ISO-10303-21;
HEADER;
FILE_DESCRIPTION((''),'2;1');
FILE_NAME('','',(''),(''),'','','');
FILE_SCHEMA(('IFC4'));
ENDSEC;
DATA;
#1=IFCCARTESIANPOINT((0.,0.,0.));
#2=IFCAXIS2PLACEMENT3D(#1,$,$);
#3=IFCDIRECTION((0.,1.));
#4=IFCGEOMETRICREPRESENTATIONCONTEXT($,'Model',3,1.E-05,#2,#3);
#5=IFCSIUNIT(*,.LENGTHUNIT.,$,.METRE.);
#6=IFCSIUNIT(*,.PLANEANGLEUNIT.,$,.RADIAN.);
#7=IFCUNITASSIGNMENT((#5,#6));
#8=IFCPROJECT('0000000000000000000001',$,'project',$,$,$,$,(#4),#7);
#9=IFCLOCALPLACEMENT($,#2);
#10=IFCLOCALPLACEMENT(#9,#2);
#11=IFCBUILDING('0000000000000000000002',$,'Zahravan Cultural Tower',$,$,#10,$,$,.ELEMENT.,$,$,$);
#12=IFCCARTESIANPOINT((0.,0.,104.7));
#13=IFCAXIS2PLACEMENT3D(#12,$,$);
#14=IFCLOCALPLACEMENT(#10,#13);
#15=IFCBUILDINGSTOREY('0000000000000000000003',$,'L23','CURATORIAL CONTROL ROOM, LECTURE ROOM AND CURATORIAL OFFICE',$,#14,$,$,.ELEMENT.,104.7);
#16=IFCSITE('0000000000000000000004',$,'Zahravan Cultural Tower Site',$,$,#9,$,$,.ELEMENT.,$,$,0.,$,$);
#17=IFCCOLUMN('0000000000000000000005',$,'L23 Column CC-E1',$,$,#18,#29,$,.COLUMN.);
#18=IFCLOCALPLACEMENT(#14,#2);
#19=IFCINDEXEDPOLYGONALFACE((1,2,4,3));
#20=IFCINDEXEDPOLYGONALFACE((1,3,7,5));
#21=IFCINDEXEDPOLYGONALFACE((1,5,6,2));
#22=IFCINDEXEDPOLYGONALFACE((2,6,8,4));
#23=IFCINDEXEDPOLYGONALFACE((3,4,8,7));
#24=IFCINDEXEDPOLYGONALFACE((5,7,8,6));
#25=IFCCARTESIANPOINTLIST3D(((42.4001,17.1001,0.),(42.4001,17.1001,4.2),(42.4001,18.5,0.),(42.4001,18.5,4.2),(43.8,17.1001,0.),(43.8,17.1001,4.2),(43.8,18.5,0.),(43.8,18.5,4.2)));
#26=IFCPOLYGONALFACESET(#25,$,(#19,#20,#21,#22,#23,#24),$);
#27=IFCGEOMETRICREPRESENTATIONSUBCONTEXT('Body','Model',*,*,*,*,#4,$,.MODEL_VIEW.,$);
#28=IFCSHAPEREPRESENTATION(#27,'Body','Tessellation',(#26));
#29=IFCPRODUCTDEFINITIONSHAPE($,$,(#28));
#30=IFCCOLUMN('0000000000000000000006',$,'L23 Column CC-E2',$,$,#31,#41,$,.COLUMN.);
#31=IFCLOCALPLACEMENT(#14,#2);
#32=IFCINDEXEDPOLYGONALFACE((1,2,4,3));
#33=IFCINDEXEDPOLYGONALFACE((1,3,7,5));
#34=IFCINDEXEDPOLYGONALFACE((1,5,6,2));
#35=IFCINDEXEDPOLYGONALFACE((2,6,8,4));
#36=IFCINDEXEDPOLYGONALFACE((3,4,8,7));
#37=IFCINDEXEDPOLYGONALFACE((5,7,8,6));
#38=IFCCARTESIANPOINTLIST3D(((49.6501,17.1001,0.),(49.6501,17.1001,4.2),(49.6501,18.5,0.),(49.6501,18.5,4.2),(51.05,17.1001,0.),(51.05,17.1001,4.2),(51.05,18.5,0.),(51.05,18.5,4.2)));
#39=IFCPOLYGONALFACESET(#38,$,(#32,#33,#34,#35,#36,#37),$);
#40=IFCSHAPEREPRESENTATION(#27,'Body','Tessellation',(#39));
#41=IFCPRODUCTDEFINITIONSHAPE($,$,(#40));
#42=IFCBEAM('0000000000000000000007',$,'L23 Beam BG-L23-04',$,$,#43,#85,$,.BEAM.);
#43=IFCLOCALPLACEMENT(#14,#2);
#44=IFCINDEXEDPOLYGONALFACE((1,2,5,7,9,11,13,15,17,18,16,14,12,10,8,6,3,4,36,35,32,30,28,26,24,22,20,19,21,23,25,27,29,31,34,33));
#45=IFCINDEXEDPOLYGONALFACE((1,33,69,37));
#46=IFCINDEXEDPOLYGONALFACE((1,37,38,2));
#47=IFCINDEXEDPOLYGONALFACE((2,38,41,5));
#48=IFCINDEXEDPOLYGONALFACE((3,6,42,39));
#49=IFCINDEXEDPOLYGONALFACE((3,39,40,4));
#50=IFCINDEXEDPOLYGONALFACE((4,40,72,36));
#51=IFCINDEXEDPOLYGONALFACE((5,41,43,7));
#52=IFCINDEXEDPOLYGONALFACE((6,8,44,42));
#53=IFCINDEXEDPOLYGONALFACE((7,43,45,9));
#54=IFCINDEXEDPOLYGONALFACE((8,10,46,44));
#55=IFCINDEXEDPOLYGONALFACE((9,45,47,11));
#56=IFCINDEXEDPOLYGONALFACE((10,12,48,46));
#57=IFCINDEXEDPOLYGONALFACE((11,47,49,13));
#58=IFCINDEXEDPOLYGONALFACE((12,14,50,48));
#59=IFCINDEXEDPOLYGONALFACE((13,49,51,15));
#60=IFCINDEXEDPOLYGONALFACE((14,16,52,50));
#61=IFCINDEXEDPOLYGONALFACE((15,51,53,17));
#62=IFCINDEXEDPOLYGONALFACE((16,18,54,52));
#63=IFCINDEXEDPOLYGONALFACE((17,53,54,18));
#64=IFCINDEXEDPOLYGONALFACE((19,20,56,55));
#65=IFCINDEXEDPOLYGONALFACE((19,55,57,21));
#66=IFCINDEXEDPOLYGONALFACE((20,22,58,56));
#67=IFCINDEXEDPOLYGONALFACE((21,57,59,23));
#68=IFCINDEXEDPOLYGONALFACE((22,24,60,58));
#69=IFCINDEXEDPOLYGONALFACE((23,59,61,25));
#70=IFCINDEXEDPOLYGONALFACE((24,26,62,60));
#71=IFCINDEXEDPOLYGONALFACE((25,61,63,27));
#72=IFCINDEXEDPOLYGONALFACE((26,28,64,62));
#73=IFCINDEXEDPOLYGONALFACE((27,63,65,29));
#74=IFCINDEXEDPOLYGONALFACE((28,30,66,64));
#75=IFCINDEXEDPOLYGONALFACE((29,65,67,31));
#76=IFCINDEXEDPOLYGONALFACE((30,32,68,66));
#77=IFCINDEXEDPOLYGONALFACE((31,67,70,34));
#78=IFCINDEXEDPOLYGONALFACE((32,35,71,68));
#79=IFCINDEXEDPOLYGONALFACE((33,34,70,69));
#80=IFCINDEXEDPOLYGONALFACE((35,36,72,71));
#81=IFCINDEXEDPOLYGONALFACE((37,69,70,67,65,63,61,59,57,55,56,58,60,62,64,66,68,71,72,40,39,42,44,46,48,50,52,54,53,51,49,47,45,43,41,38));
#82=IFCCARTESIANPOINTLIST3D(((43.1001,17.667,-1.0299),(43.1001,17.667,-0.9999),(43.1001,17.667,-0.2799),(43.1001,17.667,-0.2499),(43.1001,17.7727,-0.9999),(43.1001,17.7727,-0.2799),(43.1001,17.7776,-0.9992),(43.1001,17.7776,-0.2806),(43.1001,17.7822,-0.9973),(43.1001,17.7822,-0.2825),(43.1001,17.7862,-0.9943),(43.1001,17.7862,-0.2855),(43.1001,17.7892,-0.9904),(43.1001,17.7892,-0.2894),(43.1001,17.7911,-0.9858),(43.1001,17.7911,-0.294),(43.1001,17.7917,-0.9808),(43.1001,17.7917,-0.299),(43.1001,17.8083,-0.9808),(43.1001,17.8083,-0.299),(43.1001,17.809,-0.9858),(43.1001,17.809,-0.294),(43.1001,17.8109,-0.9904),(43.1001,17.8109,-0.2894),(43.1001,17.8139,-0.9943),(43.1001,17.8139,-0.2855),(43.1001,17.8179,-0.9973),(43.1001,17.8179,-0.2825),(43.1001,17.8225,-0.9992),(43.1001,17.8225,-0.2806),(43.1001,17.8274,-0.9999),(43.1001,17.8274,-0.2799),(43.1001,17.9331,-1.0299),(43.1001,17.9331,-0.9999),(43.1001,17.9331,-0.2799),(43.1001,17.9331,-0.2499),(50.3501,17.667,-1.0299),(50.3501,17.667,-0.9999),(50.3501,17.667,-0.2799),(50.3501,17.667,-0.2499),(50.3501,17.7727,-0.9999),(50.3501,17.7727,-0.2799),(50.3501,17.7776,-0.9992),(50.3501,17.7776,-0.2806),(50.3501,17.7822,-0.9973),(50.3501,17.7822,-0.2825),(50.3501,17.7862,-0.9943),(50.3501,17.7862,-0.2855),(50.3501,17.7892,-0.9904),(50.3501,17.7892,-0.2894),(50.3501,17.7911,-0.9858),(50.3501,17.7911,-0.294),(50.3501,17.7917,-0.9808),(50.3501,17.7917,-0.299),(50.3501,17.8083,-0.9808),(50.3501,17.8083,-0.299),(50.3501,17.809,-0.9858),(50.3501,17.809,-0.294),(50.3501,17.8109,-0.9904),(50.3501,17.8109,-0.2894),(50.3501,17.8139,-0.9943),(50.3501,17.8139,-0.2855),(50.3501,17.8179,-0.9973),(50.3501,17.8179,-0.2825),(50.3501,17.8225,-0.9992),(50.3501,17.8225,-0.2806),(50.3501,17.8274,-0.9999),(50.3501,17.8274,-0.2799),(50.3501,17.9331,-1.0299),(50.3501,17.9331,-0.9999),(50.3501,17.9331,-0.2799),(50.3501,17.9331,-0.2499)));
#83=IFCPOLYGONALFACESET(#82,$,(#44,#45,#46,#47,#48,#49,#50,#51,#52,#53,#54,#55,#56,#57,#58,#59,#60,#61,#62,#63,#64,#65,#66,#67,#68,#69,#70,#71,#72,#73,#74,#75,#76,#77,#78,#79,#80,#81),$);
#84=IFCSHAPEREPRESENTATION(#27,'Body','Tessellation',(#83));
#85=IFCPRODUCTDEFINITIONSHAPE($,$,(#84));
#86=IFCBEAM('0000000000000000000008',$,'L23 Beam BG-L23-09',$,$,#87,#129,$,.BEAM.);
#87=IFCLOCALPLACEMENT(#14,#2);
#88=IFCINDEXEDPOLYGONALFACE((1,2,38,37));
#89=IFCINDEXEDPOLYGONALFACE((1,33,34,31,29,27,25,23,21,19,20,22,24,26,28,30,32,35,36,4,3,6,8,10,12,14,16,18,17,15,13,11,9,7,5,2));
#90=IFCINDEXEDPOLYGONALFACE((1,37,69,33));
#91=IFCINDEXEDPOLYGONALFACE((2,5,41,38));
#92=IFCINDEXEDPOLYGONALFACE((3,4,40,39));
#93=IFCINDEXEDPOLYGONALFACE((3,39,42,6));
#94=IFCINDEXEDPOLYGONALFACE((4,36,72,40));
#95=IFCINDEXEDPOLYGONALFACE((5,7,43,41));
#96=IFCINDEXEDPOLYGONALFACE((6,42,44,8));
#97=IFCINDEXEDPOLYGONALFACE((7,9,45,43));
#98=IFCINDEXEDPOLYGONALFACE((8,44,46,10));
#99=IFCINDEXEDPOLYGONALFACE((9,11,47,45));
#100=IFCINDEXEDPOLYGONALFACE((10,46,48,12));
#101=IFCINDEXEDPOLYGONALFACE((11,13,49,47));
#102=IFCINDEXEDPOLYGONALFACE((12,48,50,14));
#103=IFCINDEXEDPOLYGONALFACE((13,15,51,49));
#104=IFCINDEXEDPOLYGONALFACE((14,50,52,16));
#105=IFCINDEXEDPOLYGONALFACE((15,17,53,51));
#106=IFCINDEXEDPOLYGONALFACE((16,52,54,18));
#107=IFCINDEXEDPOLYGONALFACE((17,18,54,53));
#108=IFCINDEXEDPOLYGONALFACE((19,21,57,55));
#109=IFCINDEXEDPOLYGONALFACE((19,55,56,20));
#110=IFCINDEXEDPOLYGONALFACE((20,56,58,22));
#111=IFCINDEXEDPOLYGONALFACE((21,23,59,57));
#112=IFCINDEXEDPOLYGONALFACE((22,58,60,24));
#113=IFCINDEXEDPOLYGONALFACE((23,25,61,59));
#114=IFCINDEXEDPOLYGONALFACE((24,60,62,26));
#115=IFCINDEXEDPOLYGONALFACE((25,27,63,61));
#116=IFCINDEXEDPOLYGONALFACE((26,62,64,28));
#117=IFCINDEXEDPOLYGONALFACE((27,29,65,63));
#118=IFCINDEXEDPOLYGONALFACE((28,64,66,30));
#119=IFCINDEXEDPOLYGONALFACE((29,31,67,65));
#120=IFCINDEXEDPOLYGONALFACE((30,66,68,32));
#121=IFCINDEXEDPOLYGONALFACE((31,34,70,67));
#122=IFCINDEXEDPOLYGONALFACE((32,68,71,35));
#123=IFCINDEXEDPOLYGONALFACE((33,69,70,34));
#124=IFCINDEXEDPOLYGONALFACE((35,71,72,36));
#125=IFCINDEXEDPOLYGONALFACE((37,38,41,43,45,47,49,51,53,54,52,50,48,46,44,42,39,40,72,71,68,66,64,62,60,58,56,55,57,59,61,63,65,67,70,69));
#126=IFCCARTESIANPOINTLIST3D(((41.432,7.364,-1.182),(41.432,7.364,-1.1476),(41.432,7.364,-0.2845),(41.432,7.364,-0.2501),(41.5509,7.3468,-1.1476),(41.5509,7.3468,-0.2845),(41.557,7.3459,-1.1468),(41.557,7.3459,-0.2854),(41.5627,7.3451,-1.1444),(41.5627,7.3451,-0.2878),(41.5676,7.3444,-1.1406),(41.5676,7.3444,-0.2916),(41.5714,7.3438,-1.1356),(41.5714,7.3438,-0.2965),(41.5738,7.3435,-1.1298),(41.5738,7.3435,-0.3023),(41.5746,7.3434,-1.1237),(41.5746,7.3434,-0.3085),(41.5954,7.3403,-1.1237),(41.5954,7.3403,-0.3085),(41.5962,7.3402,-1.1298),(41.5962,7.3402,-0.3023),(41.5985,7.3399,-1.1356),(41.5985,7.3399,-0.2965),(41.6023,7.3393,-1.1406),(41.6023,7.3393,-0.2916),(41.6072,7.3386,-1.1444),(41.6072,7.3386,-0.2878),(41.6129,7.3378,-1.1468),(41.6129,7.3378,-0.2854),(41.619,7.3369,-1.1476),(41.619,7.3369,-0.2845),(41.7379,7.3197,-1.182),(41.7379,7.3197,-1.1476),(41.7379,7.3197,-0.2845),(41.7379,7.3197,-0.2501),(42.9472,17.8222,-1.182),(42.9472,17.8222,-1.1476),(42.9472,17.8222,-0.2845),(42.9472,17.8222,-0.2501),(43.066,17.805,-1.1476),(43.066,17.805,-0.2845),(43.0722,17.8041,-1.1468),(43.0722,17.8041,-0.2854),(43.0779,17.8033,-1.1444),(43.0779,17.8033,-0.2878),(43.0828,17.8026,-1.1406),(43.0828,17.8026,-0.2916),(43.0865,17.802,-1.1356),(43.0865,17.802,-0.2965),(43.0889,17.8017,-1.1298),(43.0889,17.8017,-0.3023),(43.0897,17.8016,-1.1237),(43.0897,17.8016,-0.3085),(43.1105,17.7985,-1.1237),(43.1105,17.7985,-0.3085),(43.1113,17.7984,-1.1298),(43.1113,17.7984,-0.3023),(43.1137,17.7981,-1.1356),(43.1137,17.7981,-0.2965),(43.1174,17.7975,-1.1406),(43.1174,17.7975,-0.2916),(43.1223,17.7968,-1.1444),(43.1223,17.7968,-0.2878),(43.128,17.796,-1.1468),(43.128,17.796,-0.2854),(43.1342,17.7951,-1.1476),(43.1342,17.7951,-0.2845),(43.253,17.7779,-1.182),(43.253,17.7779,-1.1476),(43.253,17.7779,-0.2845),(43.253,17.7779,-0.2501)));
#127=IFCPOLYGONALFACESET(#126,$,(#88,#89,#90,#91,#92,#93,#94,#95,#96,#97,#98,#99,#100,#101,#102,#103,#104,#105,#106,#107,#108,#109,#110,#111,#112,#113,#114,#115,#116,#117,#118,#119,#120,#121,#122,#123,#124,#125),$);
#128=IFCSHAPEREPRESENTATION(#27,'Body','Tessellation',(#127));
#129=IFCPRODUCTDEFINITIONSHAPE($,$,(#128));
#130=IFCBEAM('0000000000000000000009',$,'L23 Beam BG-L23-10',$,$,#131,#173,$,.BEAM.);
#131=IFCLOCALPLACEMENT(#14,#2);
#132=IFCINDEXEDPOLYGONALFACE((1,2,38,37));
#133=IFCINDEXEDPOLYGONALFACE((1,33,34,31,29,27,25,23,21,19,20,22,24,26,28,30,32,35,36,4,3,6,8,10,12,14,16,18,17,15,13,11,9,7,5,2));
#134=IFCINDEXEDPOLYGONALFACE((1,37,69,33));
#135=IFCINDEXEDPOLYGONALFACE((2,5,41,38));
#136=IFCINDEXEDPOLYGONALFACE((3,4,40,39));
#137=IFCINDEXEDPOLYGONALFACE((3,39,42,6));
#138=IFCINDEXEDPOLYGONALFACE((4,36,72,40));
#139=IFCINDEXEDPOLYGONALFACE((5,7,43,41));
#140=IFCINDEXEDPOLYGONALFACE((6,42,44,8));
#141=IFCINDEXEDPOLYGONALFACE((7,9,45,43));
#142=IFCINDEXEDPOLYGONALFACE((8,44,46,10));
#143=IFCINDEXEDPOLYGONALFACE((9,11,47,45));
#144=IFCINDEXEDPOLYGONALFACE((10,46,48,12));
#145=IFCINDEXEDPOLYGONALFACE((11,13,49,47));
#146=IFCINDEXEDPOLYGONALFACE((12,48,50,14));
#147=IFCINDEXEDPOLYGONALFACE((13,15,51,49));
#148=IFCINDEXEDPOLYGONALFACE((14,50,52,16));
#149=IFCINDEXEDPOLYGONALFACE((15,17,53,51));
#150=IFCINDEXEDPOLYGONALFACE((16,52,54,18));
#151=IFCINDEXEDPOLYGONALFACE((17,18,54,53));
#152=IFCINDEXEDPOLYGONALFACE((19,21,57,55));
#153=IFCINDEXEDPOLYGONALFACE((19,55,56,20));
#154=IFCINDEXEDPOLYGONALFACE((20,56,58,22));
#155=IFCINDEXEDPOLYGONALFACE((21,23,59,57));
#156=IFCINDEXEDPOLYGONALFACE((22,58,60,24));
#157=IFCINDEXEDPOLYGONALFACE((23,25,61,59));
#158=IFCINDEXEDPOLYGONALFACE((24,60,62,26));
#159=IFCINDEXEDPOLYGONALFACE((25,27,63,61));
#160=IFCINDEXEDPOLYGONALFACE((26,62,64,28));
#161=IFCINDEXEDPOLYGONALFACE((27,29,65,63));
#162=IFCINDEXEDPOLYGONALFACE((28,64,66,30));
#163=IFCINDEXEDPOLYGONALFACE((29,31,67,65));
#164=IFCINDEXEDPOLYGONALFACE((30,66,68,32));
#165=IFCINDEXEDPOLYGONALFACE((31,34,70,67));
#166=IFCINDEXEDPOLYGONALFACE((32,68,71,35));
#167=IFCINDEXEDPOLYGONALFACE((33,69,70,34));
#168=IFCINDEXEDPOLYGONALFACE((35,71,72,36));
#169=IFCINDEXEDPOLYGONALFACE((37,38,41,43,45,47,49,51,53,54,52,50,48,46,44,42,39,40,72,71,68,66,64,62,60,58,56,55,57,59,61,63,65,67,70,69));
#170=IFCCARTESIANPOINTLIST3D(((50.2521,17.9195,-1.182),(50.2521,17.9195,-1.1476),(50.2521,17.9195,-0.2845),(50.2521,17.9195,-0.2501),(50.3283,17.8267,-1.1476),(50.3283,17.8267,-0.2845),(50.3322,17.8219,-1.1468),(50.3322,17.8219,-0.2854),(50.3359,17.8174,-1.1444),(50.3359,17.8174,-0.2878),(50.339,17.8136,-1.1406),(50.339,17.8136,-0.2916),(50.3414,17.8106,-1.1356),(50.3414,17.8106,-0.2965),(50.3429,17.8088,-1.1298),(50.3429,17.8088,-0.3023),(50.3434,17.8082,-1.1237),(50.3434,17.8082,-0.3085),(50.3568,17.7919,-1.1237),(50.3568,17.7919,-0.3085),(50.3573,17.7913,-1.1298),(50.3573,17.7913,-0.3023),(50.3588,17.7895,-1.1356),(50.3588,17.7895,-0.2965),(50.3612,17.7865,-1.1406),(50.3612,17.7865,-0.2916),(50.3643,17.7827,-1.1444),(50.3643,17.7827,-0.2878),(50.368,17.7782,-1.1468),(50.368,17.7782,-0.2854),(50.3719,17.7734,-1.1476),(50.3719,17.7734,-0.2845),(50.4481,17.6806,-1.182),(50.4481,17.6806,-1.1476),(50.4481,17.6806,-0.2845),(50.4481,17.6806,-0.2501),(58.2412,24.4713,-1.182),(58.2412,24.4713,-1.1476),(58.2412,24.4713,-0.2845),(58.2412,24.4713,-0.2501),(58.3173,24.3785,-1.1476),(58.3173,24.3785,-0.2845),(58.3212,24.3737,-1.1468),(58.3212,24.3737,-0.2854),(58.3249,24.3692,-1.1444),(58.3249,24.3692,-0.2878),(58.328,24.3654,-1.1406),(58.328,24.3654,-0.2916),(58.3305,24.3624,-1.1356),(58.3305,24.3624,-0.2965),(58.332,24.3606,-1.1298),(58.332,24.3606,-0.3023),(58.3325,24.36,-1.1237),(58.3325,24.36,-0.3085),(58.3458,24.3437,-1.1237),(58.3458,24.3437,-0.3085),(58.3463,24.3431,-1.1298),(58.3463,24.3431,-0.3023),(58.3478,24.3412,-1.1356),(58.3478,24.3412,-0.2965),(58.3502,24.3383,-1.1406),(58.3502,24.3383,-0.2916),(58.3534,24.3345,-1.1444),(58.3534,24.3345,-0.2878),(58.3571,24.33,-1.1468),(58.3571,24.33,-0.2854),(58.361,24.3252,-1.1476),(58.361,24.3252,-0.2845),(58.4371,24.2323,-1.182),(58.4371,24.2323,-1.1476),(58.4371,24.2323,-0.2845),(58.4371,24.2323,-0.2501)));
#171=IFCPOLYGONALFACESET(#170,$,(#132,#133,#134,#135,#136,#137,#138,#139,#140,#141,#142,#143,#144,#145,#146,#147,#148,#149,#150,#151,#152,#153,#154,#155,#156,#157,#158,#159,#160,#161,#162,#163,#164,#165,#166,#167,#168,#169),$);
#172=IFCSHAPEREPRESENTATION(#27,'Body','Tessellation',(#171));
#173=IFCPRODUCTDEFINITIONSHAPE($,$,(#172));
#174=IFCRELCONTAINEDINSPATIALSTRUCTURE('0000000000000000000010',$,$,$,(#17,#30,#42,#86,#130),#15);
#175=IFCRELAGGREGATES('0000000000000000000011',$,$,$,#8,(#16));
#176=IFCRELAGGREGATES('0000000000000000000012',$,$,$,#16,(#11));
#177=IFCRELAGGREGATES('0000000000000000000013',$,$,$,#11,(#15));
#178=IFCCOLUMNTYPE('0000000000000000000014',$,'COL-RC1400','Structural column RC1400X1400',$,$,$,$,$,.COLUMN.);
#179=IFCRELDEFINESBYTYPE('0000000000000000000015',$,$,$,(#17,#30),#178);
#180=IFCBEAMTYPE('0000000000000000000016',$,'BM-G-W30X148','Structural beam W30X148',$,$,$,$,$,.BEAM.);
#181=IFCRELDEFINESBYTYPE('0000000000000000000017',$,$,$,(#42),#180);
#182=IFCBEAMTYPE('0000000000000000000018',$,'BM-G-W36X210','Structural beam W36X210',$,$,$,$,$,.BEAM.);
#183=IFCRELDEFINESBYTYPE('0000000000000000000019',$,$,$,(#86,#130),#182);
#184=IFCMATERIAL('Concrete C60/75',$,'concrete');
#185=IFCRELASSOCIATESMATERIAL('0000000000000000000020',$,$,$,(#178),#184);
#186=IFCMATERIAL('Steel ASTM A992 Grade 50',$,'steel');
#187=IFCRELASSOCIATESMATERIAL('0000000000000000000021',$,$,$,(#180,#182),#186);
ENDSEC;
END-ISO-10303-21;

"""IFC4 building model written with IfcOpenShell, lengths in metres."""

from ifc_helpers import new_model, si_unit, direction, frame, origin, origin_2d, place, context, subcontext, project, spatial, rectangle, i_section, extrude, source, transform, mapped, material, material_profile, profile_set, type_object, element, save


model = new_model("IFC4")

# Units and contexts
model_context = context("Model", 3, precision=1e-05, world=origin(), true_north=direction((0.0, 1.0)))
body_context = subcontext(model_context, "Body", "Model", "MODEL_VIEW")
ifc_project = project(units=[si_unit("LENGTHUNIT", "METRE"), si_unit("PLANEANGLEUNIT", "RADIAN")], contexts=[model_context])

# Site, building, storey
site_placement = place(None, origin())
site = spatial("IfcSite", under=ifc_project, at=site_placement, Name="Zahravan Cultural Tower Site", CompositionType="ELEMENT", RefElevation=0.0)
building_placement = place(site_placement, origin())
building = spatial("IfcBuilding", under=site, at=building_placement, Name="Zahravan Cultural Tower", CompositionType="ELEMENT")
storey_placement = place(building_placement, frame((0.0, 0.0, 104.7)))
storey = spatial("IfcBuildingStorey", under=building, at=storey_placement, Name="L23", Description="CURATORIAL CONTROL ROOM, LECTURE ROOM AND CURATORIAL OFFICE", CompositionType="ELEMENT", Elevation=104.7)

# Columns
ifc_material_1 = material(Name="Concrete C60/75", Category="concrete")
ifc_material_profile_1 = material_profile(ifc_material_1, rectangle(XDim=1.3999, YDim=1.3999, at=origin_2d()), Name="RC1400X1400")
ifc_profile_set_1 = profile_set([ifc_material_profile_1], Name="Concrete C60/75")
column_type = type_object("IfcColumnType", Name="COL-RC1400", Description="Structural column RC1400X1400", PredefinedType="COLUMN", material=ifc_profile_set_1)
shared_shape_1 = source(origin(), body_context, "Body", "SweptSolid", [
    extrude(rectangle(XDim=1.3999, YDim=1.3999, at=origin_2d()), origin(), (0.0, 0.0, 1.0), 4.2),
])
for number, where, z_axis, x_axis, name in (
    (1, (43.1001, 17.8, 0.0), (0.0, 0.0, 1.0), (1.0, 0.0, 0.0), "L23 Column CC-E1"),
    (2, (50.3501, 17.8, 0.0), (0.0, 0.0, 1.0), (1.0, 0.0, 0.0), "L23 Column CC-E2"),
):
    element("IfcColumn", number, at=place(storey_placement, frame(where, z_axis=z_axis, x_axis=x_axis)), inside=storey, type_object=column_type, Name=name, PredefinedType="COLUMN", context=body_context, shape_type="MappedRepresentation", body=[
        mapped(shared_shape_1, transform((0.0, 0.0, 0.0), x_axis=(1.0, 0.0, 0.0), y_axis=(0.0, 1.0, 0.0), z_axis=(0.0, 0.0, 1.0), scale=1.0)),
    ])

# Beams
ifc_material_2 = material(Name="Steel ASTM A992 Grade 50", Category="steel")
ifc_material_profile_2 = material_profile(ifc_material_2, i_section(OverallWidth=0.2661, OverallDepth=0.78, WebThickness=0.0166, FlangeThickness=0.03, FilletRadius=0.019, at=origin_2d()), Name="W30X148")
ifc_profile_set_2 = profile_set([ifc_material_profile_2], Name="Steel ASTM A992 Grade 50")
beam_type_1 = type_object("IfcBeamType", Name="BM-G-W30X148", Description="Structural beam W30X148", PredefinedType="BEAM", material=ifc_profile_set_2)
shared_shape_2 = source(origin(), body_context, "Body", "SweptSolid", [
    extrude(i_section(OverallWidth=0.2661, OverallDepth=0.78, WebThickness=0.0166, FlangeThickness=0.03, FilletRadius=0.019, at=origin_2d()), origin(), (0.0, 0.0, 1.0), 7.25),
])
beam_1_placement = place(storey_placement, frame((43.1001, 17.8, -0.6399), z_axis=(1.0, 0.0, 0.0), x_axis=(0.0, 1.0, 0.0)))
element("IfcBeam", 3, at=beam_1_placement, inside=storey, type_object=beam_type_1, Name="L23 Beam BG-L23-04", PredefinedType="BEAM", context=body_context, shape_type="MappedRepresentation", body=[
    mapped(shared_shape_2, transform((0.0, 0.0, 0.0), x_axis=(1.0, 0.0, 0.0), y_axis=(0.0, 1.0, 0.0), z_axis=(0.0, 0.0, 1.0), scale=1.0)),
])
ifc_material_profile_3 = material_profile(ifc_material_2, i_section(OverallWidth=0.3091, OverallDepth=0.9319, WebThickness=0.021, FlangeThickness=0.0344, FilletRadius=0.0239, at=origin_2d()), Name="W36X210")
ifc_profile_set_3 = profile_set([ifc_material_profile_3], Name="Steel ASTM A992 Grade 50")
beam_type_2 = type_object("IfcBeamType", Name="BM-G-W36X210", Description="Structural beam W36X210", PredefinedType="BEAM", material=ifc_profile_set_3)
shared_shape_3 = source(origin(), body_context, "Body", "SweptSolid", [
    extrude(i_section(OverallWidth=0.3091, OverallDepth=0.9319, WebThickness=0.021, FlangeThickness=0.0344, FilletRadius=0.0239, at=origin_2d()), origin(), (0.0, 0.0, 1.0), 10.5674),
])
beam_2_placement = place(storey_placement, frame((43.1001, 17.8, -0.7161), z_axis=(-0.143378, -0.989668, 0.0), x_axis=(0.989668, -0.143378, 0.0)))
element("IfcBeam", 4, at=beam_2_placement, inside=storey, type_object=beam_type_2, Name="L23 Beam BG-L23-09", PredefinedType="BEAM", context=body_context, shape_type="MappedRepresentation", body=[
    mapped(shared_shape_3, transform((0.0, 0.0, 0.0), x_axis=(1.0, 0.0, 0.0), y_axis=(0.0, 1.0, 0.0), z_axis=(0.0, 0.0, 1.0), scale=1.0)),
])
shared_shape_4 = source(origin(), body_context, "Body", "SweptSolid", [
    extrude(i_section(OverallWidth=0.3091, OverallDepth=0.9319, WebThickness=0.021, FlangeThickness=0.0344, FilletRadius=0.0239, at=origin_2d()), origin(), (0.0, 0.0, 1.0), 10.332),
])
beam_3_placement = place(storey_placement, frame((50.3501, 17.8, -0.7161), z_axis=(0.773231, 0.634124, 0.0), x_axis=(-0.634124, 0.773231, 0.0)))
element("IfcBeam", 5, at=beam_3_placement, inside=storey, type_object=beam_type_2, Name="L23 Beam BG-L23-10", PredefinedType="BEAM", context=body_context, shape_type="MappedRepresentation", body=[
    mapped(shared_shape_4, transform((0.0, 0.0, 0.0), x_axis=(1.0, 0.0, 0.0), y_axis=(0.0, 1.0, 0.0), z_axis=(0.0, 0.0, 1.0), scale=1.0)),
])

save(model, "model.ifc")
